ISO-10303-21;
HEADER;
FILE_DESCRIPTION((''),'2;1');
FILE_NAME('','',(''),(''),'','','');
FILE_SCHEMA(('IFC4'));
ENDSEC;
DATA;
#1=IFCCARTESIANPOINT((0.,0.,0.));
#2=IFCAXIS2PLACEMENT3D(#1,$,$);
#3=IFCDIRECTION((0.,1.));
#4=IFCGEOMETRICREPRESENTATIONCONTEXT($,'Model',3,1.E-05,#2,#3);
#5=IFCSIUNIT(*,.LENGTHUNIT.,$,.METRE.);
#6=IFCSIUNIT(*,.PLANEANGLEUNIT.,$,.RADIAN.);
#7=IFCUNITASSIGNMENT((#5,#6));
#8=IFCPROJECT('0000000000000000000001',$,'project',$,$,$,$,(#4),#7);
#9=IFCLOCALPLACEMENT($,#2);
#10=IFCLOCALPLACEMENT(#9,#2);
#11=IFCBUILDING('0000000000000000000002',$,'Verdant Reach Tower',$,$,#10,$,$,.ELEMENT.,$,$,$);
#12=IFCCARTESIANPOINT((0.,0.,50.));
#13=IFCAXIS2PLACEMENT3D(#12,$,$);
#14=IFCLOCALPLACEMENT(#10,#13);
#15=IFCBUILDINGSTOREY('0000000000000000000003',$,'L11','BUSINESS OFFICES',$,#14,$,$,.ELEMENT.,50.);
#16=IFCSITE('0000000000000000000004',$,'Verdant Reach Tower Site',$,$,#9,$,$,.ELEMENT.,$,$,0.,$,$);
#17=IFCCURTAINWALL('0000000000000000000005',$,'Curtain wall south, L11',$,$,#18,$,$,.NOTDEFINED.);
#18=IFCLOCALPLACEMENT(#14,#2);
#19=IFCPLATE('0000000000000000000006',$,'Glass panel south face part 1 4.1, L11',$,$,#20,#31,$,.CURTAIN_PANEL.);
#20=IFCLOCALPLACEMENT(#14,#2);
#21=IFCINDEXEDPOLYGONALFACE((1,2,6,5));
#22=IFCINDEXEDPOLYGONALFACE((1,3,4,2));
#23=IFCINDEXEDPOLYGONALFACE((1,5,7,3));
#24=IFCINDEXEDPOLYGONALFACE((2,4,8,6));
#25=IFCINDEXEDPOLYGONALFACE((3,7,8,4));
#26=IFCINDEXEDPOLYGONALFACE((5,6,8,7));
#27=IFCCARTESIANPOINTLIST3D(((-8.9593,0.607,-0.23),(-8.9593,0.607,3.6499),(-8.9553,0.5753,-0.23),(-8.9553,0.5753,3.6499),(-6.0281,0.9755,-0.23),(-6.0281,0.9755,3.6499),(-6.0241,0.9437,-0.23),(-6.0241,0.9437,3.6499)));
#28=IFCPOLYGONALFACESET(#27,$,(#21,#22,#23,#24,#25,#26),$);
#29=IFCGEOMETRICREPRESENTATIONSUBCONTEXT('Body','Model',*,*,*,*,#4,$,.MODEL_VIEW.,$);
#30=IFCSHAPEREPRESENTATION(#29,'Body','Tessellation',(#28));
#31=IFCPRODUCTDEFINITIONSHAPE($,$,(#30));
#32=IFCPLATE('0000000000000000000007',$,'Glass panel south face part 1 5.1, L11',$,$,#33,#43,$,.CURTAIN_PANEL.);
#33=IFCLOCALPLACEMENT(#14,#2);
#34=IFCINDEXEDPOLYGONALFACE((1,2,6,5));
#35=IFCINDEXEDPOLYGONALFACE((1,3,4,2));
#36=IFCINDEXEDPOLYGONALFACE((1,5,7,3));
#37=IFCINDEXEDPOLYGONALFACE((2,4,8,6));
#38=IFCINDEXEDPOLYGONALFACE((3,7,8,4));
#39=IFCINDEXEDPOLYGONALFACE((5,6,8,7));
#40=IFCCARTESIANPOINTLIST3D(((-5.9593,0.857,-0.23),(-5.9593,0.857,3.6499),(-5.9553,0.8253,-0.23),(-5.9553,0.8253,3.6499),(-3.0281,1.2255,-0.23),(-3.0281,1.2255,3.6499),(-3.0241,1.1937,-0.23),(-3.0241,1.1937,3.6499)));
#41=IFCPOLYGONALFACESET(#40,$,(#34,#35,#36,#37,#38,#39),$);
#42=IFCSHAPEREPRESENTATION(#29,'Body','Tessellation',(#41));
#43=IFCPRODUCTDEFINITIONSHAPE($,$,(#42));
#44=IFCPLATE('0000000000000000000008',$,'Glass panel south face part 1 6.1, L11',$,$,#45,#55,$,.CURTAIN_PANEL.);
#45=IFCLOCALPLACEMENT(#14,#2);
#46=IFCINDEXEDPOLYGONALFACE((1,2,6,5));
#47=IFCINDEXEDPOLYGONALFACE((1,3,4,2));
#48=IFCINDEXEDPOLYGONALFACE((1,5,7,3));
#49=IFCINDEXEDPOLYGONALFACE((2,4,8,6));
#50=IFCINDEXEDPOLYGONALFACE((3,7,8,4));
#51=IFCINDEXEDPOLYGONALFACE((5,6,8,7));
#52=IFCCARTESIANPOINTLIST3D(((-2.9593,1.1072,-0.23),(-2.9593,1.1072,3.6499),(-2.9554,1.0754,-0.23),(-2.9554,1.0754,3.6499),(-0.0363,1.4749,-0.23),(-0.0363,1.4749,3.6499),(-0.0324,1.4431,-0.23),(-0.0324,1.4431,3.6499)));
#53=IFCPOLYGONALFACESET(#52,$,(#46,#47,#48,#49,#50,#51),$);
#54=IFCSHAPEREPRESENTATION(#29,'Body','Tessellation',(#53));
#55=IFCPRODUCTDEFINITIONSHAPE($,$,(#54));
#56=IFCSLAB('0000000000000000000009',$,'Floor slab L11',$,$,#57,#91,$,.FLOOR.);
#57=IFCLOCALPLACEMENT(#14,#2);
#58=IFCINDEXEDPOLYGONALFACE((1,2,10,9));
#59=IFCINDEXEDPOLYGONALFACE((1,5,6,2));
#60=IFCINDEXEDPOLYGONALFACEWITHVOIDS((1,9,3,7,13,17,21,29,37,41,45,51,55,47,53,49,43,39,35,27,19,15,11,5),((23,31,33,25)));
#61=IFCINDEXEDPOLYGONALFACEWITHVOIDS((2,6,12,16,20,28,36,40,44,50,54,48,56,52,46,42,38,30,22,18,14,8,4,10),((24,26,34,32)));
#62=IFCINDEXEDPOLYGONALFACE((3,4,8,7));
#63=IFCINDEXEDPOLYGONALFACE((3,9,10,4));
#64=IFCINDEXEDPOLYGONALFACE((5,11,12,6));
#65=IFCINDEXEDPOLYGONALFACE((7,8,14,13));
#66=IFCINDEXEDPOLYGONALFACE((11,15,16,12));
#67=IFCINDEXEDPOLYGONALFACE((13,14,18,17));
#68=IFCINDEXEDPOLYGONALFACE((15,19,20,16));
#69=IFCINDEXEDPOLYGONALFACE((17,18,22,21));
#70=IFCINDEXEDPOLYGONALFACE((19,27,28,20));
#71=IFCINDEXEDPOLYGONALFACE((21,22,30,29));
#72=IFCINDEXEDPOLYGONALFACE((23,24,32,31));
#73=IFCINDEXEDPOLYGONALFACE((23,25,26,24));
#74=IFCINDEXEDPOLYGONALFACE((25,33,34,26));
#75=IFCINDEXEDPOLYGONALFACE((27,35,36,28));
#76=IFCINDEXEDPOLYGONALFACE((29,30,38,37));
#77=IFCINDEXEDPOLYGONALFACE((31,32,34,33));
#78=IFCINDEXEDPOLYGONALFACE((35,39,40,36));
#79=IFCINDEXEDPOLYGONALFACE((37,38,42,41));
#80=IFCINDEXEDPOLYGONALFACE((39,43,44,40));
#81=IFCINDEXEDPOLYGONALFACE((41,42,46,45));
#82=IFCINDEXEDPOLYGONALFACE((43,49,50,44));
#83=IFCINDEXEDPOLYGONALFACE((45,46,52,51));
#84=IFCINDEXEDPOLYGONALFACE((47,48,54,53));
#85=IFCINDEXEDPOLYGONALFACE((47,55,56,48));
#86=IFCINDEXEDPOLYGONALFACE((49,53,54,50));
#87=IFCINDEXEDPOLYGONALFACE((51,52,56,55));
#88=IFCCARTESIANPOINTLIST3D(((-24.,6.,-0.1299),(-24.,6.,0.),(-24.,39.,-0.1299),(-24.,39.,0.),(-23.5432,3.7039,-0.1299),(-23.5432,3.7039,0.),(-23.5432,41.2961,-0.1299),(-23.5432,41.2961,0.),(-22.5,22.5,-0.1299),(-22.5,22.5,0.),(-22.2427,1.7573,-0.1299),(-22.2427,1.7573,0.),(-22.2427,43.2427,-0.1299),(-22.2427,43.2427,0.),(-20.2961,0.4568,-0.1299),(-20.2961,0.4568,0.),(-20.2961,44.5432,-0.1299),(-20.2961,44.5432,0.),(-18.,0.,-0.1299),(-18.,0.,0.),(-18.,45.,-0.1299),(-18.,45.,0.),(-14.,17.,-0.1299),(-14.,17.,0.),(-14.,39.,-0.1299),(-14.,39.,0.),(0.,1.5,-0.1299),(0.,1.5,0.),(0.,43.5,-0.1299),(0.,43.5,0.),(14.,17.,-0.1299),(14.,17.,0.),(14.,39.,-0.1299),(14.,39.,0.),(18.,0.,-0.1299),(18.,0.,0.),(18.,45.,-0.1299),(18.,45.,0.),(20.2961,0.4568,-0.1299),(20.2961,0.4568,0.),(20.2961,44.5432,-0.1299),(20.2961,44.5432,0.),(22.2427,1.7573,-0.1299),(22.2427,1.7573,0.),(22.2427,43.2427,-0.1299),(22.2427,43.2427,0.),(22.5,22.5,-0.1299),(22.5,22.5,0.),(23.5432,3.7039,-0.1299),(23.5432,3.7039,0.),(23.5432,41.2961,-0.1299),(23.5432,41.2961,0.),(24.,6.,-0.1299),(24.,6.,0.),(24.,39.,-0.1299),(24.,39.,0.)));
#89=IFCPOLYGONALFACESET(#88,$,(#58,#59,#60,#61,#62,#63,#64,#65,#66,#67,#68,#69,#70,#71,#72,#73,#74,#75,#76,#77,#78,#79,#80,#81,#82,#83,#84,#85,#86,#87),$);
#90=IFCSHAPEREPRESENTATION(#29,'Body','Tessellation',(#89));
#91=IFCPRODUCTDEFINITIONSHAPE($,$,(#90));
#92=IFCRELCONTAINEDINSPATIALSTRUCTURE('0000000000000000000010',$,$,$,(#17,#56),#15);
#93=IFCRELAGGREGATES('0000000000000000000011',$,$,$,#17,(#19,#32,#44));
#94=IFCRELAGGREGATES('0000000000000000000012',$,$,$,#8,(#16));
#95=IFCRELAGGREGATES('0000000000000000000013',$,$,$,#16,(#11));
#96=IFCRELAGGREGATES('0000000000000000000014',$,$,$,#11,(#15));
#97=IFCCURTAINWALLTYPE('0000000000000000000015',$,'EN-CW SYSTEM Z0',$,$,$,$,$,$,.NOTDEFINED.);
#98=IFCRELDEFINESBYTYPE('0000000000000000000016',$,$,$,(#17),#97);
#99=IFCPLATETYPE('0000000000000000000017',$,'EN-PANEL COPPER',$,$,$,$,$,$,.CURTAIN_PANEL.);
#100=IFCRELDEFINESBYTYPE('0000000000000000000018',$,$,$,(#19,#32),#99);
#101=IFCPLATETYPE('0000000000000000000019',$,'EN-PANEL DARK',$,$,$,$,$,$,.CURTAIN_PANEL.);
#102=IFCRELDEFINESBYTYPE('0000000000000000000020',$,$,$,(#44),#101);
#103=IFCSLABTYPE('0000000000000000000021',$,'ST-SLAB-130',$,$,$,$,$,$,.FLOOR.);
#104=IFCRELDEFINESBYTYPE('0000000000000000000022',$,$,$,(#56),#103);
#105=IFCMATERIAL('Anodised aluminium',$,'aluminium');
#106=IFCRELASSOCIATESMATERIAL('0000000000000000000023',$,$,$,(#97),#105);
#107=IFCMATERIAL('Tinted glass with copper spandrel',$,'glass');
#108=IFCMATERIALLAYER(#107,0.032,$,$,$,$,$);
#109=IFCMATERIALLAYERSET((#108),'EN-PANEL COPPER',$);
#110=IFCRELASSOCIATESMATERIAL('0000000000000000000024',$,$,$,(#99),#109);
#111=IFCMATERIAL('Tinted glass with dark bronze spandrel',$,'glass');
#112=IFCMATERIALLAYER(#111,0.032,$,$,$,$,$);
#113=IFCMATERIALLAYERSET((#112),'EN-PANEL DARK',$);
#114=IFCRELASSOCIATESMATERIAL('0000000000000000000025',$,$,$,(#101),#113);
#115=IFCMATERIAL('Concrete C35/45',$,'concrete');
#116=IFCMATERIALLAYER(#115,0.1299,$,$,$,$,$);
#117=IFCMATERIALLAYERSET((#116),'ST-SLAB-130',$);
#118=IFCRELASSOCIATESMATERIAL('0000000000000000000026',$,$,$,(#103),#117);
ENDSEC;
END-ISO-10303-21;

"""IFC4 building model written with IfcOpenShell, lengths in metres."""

from ifc_helpers import new_model, si_unit, direction, frame, origin, origin_2d, place, context, subcontext, project, spatial, polyline, rectangle, outline, extrude, material, layer, layer_set, type_object, element, aggregate, save


model = new_model("IFC4")

# Units and contexts
model_context = context("Model", 3, precision=1e-05, world=origin(), true_north=direction((0.0, 1.0)))
body_context = subcontext(model_context, "Body", "Model", "MODEL_VIEW")
ifc_project = project(units=[si_unit("LENGTHUNIT", "METRE"), si_unit("PLANEANGLEUNIT", "RADIAN")], contexts=[model_context])

# Site, building, storey
site_placement = place(None, origin())
site = spatial("IfcSite", under=ifc_project, at=site_placement, Name="Verdant Reach Tower Site", CompositionType="ELEMENT", RefElevation=0.0)
building_placement = place(site_placement, origin())
building = spatial("IfcBuilding", under=site, at=building_placement, Name="Verdant Reach Tower", CompositionType="ELEMENT")
storey_placement = place(building_placement, frame((0.0, 0.0, 50.0)))
storey = spatial("IfcBuildingStorey", under=building, at=storey_placement, Name="L11", Description="BUSINESS OFFICES", CompositionType="ELEMENT", Elevation=50.0)

# Curtain wall
ifc_material_1 = material(Name="Anodised aluminium", Category="aluminium")
curtain_wall_type = type_object("IfcCurtainWallType", Name="EN-CW SYSTEM Z0", PredefinedType="NOTDEFINED", material=ifc_material_1)
curtain_wall_placement = place(storey_placement, origin())
curtain_wall = element("IfcCurtainWall", 1, at=curtain_wall_placement, inside=storey, type_object=curtain_wall_type, Name="Curtain wall south, L11", PredefinedType="NOTDEFINED")

# Plates
ifc_material_2 = material(Name="Tinted glass with copper spandrel", Category="glass")
ifc_layer_1 = layer(ifc_material_2, 0.032)
ifc_layer_set_1 = layer_set([ifc_layer_1], Name="EN-PANEL COPPER")
plate_type_1 = type_object("IfcPlateType", Name="EN-PANEL COPPER", PredefinedType="CURTAIN_PANEL", material=ifc_layer_set_1)
plate_1_placement = place(storey_placement, frame((-7.4917, 0.7754, -0.23), z_axis=(0.0, 0.0, 1.0), x_axis=(0.992194, 0.124704, 0.0)))
plate_1 = element("IfcPlate", 2, at=plate_1_placement, type_object=plate_type_1, Name="Glass panel south face part 1 4.1, L11", PredefinedType="CURTAIN_PANEL", context=body_context, shape_type="SweptSolid", body=[
    extrude(rectangle(XDim=2.9543, YDim=0.032, at=origin_2d()), origin(), (0.0, 0.0, 1.0), 3.8799),
])
plate_2_placement = place(storey_placement, frame((-4.4917, 1.0254, -0.23), z_axis=(0.0, 0.0, 1.0), x_axis=(0.992194, 0.124704, 0.0)))
plate_2 = element("IfcPlate", 3, at=plate_2_placement, type_object=plate_type_1, Name="Glass panel south face part 1 5.1, L11", PredefinedType="CURTAIN_PANEL", context=body_context, shape_type="SweptSolid", body=[
    extrude(rectangle(XDim=2.9543, YDim=0.032, at=origin_2d()), origin(), (0.0, 0.0, 1.0), 3.8799),
])
ifc_material_3 = material(Name="Tinted glass with dark bronze spandrel", Category="glass")
ifc_layer_2 = layer(ifc_material_3, 0.032)
ifc_layer_set_2 = layer_set([ifc_layer_2], Name="EN-PANEL DARK")
plate_type_2 = type_object("IfcPlateType", Name="EN-PANEL DARK", PredefinedType="CURTAIN_PANEL", material=ifc_layer_set_2)
plate_3_placement = place(storey_placement, frame((-1.4958, 1.2751, -0.23), z_axis=(0.0, 0.0, 1.0), x_axis=(0.99218, 0.124818, 0.0)))
plate_3 = element("IfcPlate", 4, at=plate_3_placement, type_object=plate_type_2, Name="Glass panel south face part 1 6.1, L11", PredefinedType="CURTAIN_PANEL", context=body_context, shape_type="SweptSolid", body=[
    extrude(rectangle(XDim=2.946, YDim=0.032, at=origin_2d()), origin(), (0.0, 0.0, 1.0), 3.8799),
])
aggregate(curtain_wall, [plate_1, plate_2, plate_3])

# Slab
ifc_material_4 = material(Name="Concrete C35/45", Category="concrete")
ifc_layer_3 = layer(ifc_material_4, 0.1299)
ifc_layer_set_3 = layer_set([ifc_layer_3], Name="ST-SLAB-130")
slab_type_1 = type_object("IfcSlabType", Name="ST-SLAB-130", PredefinedType="FLOOR", material=ifc_layer_set_3)
slab_1_placement = place(storey_placement, frame((0.0, 0.0, -0.1299)))
element("IfcSlab", 5, at=slab_1_placement, inside=storey, type_object=slab_type_1, Name="Floor slab L11", PredefinedType="FLOOR", context=body_context, shape_type="SweptSolid", body=[
    extrude(outline(polyline([(0.0, 1.5), (-18.0, 0.0), (-20.2961, 0.4568), (-22.2427, 1.7573), (-23.5432, 3.7039), (-24.0, 6.0), (-22.5, 22.5), (-24.0, 39.0), (-23.5432, 41.2961), (-22.2427, 43.2427), (-20.2961, 44.5432), (-18.0, 45.0), (0.0, 43.5), (18.0, 45.0), (20.2961, 44.5432), (22.2427, 43.2427), (23.5432, 41.2961), (24.0, 39.0), (22.5, 22.5), (24.0, 6.0), (23.5432, 3.7039), (22.2427, 1.7573), (20.2961, 0.4568), (18.0, 0.0), (0.0, 1.5)]), holes=[polyline([(14.0, 39.0), (-14.0, 39.0), (-14.0, 17.0), (14.0, 17.0), (14.0, 39.0)])]), origin(), (0.0, 0.0, 1.0), 0.1299),
])

save(model, "model.ifc")
